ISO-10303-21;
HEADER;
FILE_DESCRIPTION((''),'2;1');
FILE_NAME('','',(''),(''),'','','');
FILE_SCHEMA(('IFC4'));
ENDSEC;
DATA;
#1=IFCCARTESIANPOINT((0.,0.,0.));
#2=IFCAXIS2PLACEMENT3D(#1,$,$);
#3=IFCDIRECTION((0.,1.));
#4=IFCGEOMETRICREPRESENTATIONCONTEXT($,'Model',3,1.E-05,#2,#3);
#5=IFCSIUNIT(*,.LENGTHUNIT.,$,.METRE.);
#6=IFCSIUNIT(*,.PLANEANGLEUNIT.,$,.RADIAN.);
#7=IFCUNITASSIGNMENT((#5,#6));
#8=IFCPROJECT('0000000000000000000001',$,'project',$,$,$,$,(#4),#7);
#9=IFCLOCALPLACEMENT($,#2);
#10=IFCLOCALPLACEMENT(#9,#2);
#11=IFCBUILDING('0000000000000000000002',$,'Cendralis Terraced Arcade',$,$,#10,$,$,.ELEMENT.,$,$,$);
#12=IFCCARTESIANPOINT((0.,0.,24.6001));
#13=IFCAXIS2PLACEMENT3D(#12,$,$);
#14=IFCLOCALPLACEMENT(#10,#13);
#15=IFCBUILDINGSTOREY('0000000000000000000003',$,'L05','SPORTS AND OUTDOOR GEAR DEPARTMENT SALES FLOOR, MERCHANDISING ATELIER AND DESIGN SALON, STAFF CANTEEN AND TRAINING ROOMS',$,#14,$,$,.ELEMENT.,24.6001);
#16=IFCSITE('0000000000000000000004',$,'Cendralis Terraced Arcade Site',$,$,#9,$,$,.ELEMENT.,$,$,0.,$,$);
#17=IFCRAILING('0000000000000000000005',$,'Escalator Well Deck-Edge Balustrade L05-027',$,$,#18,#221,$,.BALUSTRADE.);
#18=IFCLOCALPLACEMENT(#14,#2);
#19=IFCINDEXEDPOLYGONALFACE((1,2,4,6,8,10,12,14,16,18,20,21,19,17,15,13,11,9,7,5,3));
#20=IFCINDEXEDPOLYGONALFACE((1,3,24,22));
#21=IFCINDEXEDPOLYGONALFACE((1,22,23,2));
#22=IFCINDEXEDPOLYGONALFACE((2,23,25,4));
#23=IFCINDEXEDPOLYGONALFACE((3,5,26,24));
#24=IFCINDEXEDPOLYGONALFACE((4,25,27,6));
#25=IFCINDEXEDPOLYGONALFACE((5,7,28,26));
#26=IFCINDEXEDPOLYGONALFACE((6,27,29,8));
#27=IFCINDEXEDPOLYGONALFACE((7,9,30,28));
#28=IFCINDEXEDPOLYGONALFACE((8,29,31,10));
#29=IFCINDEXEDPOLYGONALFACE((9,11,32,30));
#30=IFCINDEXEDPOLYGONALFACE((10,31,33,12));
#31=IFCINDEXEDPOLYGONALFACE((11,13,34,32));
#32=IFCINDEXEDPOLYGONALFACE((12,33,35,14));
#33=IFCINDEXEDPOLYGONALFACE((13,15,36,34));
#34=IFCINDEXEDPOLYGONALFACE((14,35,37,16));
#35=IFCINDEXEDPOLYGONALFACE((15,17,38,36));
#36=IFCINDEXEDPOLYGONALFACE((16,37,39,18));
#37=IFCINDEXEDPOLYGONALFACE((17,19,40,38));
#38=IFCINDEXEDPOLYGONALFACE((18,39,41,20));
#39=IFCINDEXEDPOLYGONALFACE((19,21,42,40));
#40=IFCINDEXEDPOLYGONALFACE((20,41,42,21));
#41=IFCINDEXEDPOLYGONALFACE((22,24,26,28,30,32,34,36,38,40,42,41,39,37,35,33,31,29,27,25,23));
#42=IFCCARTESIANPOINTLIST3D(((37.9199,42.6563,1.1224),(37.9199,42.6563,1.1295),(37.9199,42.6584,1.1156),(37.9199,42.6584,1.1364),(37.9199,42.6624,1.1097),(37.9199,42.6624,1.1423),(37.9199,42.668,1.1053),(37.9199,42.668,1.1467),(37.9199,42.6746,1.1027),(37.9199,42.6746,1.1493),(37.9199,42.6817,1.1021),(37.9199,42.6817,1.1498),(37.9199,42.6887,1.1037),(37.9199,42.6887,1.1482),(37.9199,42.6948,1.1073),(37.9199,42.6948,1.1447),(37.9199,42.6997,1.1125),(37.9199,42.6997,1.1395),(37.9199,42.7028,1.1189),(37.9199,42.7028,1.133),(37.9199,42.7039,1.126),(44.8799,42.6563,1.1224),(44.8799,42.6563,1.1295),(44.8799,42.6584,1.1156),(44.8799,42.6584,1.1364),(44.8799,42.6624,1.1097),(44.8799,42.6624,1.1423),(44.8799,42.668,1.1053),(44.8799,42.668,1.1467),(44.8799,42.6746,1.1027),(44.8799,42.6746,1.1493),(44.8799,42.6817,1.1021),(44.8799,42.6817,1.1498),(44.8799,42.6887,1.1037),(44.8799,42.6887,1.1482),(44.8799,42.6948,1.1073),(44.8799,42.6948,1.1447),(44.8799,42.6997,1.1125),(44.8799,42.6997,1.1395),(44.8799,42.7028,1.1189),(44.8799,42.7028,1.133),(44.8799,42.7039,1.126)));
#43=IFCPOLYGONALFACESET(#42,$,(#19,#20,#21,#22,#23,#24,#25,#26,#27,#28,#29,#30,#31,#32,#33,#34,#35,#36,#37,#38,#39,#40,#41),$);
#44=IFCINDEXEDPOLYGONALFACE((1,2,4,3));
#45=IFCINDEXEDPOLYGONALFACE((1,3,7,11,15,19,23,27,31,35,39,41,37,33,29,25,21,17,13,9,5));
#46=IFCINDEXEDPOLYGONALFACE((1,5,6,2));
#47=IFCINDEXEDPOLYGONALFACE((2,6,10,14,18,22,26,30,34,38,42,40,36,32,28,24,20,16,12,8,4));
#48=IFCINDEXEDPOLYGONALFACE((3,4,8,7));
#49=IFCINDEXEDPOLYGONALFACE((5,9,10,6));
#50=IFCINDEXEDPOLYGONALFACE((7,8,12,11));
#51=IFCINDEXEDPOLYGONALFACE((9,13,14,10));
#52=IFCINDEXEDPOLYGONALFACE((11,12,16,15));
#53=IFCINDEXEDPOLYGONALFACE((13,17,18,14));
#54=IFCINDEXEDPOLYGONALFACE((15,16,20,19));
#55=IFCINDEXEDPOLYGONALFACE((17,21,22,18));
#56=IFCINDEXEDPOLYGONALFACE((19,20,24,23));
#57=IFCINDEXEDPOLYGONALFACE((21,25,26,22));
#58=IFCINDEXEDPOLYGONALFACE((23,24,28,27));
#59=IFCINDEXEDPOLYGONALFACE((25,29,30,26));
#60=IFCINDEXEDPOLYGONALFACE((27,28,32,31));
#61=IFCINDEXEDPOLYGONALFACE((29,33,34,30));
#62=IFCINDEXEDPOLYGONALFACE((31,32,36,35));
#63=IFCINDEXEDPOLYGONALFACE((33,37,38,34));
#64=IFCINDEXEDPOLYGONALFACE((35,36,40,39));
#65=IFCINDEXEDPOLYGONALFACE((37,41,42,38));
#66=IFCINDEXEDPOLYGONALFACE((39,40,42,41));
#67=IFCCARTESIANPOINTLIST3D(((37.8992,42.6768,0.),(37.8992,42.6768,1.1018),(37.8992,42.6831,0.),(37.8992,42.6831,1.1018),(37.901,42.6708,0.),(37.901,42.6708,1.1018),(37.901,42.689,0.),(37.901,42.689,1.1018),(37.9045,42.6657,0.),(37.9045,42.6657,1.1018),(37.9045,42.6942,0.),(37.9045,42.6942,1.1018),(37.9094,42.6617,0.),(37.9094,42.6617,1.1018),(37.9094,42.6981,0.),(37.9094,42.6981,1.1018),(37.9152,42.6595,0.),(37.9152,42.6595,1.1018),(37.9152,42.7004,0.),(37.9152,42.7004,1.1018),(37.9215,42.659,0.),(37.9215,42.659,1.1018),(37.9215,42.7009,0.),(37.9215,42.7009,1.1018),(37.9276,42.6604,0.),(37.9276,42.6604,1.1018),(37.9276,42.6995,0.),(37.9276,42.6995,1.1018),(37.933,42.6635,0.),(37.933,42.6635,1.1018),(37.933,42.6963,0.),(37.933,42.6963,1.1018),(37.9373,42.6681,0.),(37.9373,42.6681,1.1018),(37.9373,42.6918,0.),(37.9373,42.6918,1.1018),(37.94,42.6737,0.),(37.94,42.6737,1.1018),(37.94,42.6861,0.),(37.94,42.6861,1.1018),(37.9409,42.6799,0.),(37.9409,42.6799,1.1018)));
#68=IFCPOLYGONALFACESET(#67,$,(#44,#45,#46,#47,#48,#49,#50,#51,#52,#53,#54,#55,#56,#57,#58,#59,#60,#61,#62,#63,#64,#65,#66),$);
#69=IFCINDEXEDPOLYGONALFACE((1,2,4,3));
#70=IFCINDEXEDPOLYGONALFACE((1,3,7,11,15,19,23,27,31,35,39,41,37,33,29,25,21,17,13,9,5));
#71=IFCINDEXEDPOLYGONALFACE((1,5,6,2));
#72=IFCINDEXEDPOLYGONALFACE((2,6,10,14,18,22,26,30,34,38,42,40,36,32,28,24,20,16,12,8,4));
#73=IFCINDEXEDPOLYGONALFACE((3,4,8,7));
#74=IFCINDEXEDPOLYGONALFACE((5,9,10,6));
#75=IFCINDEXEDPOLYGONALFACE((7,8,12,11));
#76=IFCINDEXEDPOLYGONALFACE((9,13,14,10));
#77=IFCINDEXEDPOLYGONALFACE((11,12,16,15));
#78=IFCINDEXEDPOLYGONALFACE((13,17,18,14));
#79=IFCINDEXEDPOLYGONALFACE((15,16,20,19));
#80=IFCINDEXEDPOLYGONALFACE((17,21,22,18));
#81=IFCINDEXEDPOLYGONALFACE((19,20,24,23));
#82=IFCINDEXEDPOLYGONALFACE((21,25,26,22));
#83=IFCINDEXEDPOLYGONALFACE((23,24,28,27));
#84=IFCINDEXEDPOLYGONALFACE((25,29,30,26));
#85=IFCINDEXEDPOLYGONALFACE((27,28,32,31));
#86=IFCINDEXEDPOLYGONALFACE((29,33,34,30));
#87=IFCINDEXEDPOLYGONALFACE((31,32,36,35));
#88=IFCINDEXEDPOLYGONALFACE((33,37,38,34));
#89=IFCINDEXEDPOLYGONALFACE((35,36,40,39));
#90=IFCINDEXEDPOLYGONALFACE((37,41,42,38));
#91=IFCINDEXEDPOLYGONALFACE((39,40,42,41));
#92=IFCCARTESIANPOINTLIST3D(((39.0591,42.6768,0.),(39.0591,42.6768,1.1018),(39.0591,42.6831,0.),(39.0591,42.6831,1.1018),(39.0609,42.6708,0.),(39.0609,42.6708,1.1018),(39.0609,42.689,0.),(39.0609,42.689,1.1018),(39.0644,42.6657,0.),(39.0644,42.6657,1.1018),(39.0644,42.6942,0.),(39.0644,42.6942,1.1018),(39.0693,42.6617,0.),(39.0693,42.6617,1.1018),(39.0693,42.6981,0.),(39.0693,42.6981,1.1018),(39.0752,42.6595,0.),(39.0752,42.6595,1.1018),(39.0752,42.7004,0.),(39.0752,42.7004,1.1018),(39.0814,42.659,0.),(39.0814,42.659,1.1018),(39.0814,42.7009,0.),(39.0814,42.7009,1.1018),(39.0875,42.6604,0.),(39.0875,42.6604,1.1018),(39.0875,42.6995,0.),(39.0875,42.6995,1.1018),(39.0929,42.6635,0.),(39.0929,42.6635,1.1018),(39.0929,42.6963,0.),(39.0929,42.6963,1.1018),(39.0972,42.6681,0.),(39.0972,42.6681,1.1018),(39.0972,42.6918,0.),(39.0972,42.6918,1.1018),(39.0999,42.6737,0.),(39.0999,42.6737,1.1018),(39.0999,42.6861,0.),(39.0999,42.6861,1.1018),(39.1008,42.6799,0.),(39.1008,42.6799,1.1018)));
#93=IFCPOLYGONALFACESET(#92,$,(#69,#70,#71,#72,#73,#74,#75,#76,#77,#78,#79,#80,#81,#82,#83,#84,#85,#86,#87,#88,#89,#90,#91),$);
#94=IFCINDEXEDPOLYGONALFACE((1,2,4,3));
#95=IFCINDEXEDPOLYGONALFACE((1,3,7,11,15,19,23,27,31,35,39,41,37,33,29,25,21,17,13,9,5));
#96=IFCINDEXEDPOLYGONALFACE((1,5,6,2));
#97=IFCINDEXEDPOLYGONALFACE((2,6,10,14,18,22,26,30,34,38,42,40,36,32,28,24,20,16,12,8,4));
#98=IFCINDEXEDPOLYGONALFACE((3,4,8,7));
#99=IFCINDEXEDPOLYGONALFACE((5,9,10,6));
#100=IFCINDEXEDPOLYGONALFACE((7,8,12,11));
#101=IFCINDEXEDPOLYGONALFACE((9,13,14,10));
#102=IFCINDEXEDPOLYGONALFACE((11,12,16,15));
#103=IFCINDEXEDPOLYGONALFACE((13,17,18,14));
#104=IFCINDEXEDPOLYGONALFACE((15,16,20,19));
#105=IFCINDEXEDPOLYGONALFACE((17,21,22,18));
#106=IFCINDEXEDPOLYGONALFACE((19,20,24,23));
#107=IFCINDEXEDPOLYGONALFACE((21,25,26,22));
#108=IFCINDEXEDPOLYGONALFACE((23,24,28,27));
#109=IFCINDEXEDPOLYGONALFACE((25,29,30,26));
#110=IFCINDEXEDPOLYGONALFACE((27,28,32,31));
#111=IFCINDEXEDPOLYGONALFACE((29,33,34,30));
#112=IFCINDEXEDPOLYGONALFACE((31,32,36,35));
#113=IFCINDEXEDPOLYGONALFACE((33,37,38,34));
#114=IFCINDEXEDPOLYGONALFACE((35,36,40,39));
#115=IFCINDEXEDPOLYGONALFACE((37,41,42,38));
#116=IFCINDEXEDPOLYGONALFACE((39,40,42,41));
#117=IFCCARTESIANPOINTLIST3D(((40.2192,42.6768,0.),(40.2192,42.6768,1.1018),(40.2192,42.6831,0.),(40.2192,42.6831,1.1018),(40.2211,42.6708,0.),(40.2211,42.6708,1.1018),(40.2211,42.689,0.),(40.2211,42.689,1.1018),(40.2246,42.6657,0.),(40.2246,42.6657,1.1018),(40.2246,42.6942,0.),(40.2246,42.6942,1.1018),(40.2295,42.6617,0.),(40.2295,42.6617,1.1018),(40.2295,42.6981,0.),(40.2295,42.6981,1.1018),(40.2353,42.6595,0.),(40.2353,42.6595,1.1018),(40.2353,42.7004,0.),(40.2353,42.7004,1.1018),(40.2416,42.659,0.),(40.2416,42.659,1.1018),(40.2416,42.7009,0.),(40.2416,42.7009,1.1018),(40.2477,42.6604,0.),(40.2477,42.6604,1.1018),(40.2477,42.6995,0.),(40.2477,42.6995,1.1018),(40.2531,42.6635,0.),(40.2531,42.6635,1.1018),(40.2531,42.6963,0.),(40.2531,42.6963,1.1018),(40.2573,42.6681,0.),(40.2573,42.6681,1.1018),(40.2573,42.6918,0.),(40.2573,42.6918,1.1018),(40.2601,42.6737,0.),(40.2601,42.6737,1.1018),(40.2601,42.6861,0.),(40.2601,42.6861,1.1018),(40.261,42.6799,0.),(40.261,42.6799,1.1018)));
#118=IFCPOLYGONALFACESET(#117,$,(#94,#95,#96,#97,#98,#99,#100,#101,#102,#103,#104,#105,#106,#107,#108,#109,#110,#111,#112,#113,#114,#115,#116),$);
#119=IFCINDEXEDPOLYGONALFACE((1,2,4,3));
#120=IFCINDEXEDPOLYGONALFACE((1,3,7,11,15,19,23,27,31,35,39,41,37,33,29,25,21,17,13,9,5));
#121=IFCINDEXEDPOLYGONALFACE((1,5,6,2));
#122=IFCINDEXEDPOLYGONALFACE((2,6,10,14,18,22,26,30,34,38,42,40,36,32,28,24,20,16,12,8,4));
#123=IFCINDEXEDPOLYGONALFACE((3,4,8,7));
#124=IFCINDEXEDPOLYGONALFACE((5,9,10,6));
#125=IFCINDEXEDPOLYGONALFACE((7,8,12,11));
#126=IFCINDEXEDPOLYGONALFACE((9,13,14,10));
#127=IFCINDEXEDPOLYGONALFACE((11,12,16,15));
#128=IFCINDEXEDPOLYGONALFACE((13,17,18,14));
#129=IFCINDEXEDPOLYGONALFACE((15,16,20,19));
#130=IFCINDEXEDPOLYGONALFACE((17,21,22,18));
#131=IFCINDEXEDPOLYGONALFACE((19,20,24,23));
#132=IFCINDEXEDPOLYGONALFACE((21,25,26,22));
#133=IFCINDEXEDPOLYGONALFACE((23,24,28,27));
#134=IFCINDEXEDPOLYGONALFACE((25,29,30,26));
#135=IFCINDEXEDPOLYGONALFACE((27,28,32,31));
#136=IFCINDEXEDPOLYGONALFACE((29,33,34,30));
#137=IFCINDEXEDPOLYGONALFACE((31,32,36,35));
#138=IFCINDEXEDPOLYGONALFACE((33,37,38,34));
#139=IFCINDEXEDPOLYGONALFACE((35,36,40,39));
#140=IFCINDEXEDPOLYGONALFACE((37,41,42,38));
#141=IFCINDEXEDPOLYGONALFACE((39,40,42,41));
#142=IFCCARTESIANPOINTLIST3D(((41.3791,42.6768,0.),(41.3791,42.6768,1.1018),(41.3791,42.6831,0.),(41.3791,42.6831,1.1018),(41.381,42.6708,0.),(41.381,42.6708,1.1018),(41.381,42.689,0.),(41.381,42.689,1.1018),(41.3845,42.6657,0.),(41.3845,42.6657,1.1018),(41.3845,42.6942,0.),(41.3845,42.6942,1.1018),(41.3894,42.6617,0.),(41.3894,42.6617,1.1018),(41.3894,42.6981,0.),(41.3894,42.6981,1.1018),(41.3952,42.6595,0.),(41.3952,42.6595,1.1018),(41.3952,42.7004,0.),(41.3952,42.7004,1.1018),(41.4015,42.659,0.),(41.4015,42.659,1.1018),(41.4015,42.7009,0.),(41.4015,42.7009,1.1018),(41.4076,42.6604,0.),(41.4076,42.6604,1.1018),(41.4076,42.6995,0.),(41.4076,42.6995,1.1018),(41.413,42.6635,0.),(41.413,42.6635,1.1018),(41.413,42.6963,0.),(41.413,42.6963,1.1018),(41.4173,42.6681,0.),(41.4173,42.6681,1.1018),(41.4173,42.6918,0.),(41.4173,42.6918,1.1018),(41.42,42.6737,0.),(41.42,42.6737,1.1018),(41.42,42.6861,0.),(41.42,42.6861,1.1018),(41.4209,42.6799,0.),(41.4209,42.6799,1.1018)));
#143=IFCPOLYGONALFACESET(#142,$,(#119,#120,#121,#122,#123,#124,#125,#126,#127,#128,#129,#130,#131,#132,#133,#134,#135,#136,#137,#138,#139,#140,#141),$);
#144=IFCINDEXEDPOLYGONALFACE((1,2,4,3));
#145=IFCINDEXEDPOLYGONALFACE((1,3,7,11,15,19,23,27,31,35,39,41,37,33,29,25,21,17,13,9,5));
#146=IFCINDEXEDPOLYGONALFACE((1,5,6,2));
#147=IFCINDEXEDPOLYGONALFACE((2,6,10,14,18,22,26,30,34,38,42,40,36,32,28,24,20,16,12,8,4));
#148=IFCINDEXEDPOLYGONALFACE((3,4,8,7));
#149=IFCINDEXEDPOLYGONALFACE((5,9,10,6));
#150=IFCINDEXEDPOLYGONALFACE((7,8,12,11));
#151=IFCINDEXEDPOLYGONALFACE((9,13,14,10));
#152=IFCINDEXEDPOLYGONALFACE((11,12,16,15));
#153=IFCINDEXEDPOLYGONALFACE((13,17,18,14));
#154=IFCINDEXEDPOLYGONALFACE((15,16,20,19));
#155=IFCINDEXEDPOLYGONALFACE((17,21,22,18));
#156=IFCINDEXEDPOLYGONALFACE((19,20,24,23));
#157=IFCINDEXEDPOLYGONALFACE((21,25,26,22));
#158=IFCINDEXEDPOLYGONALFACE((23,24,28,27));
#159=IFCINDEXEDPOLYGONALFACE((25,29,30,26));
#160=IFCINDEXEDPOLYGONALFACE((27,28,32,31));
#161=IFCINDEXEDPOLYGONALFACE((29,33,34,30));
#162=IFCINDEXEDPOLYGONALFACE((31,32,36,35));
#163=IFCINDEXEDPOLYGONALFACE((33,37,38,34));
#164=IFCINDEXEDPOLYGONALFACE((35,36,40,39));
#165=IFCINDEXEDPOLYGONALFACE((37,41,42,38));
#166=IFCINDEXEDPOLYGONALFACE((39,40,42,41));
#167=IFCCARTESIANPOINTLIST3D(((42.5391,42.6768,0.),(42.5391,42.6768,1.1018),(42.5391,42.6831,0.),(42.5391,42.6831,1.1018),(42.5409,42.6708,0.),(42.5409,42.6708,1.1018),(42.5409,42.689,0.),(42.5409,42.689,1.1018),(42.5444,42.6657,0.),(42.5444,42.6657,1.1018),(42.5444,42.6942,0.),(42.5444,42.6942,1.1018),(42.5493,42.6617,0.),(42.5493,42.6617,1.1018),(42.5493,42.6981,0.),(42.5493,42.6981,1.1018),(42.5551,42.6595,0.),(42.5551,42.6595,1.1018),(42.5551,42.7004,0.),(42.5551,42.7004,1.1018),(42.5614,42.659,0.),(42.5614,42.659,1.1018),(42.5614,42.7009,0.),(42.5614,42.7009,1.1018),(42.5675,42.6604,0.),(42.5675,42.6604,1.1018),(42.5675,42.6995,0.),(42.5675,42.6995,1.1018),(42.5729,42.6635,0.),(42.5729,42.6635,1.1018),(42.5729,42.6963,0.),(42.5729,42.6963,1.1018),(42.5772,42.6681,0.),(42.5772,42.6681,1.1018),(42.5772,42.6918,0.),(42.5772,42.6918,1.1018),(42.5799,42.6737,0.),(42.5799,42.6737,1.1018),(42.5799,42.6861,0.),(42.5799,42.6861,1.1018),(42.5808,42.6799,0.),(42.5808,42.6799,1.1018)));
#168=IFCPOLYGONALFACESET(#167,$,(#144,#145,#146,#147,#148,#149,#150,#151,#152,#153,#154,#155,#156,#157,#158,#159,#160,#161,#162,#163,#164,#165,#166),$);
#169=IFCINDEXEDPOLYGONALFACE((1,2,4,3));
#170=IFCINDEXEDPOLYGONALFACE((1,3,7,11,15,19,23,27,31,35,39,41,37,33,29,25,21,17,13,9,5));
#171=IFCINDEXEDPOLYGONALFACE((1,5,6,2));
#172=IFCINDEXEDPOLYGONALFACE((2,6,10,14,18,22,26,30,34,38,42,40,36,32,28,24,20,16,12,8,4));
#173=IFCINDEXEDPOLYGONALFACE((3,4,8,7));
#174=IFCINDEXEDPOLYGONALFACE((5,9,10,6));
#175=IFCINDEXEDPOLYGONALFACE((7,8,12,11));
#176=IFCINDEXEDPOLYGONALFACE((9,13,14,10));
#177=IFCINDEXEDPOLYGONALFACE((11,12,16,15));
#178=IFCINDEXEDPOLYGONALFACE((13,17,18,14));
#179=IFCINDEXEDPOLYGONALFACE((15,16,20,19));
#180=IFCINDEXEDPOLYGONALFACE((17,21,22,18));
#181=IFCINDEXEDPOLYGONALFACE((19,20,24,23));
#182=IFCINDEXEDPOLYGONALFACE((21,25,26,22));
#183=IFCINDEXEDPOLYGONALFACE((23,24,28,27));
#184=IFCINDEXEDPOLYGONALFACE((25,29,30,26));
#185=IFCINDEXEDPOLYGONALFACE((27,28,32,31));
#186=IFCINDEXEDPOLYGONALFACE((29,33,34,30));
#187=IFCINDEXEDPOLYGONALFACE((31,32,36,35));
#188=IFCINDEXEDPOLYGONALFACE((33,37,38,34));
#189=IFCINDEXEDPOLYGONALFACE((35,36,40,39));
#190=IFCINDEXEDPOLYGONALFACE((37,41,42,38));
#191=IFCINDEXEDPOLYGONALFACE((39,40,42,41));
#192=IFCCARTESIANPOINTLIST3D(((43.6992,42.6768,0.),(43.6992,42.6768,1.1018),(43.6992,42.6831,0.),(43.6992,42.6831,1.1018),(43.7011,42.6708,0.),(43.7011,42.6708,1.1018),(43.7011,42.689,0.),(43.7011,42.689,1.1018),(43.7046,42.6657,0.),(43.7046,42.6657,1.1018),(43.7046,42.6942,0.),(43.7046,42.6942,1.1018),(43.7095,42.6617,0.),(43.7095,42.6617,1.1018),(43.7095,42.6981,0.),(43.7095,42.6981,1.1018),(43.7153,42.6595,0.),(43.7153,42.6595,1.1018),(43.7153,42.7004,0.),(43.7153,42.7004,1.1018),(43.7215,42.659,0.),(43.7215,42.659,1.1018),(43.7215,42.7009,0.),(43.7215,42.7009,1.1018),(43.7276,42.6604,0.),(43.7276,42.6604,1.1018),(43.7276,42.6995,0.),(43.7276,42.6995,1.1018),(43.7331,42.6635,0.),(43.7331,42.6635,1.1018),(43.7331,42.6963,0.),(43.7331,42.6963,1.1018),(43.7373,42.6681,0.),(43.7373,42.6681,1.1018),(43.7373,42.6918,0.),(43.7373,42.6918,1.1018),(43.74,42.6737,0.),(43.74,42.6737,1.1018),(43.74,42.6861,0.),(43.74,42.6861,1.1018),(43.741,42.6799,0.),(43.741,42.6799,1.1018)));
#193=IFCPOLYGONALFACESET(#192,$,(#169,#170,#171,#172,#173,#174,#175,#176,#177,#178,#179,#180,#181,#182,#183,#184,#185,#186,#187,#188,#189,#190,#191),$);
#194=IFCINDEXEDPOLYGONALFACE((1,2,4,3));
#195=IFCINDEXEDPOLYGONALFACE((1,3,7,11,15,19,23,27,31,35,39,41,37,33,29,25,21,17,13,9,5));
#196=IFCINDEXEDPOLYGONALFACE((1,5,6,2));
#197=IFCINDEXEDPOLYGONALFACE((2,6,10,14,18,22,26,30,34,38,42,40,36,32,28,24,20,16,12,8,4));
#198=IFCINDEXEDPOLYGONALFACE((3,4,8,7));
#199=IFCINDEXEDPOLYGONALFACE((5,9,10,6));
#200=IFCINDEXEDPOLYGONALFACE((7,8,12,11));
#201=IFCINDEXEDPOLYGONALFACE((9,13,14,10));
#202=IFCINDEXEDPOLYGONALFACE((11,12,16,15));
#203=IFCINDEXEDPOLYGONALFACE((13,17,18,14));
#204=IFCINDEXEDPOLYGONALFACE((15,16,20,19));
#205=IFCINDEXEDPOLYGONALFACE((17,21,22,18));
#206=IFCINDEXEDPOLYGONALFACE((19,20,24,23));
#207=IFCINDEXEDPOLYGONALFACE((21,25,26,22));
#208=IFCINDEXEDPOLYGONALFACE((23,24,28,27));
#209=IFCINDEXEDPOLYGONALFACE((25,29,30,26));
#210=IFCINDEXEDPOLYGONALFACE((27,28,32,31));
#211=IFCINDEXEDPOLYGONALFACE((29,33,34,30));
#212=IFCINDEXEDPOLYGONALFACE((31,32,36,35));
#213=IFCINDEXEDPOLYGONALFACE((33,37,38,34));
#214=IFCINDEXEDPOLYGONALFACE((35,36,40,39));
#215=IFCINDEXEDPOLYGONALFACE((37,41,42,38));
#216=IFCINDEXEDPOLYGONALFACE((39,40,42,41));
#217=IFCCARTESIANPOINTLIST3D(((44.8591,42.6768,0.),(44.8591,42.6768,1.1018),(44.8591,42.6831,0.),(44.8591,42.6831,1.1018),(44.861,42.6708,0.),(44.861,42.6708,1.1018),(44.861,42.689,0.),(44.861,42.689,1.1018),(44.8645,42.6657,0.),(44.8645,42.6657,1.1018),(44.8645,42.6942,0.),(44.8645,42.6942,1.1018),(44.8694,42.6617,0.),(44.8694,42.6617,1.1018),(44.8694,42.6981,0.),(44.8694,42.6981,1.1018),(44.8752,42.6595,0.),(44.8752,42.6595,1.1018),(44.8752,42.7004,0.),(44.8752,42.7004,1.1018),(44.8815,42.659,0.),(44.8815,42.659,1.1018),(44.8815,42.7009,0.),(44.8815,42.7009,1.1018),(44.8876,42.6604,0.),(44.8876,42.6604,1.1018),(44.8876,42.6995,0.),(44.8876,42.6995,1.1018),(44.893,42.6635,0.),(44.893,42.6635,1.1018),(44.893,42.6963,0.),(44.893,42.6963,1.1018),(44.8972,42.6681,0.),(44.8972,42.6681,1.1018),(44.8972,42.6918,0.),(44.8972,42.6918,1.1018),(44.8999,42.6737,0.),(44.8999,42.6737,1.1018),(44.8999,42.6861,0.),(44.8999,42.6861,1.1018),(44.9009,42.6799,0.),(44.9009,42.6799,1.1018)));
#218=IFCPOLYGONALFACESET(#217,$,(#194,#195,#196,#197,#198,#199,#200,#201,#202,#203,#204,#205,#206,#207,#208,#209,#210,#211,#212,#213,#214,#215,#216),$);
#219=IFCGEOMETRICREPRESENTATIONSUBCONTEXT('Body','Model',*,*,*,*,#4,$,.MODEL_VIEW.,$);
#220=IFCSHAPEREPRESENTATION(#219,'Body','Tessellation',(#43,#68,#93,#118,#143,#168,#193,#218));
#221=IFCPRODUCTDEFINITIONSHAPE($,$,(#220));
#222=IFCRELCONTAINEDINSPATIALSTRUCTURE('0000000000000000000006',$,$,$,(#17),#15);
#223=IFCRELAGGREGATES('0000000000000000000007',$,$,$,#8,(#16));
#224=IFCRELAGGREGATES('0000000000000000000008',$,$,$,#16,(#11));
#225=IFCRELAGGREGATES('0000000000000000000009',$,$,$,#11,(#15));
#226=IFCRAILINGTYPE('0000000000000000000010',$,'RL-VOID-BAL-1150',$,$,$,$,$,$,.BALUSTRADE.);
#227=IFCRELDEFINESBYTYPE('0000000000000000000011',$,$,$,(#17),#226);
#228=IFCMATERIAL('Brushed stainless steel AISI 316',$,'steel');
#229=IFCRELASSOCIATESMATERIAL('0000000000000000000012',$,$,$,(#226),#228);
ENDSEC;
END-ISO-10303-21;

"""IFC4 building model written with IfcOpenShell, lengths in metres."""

from ifc_helpers import new_model, si_unit, direction, frame, origin, origin_2d, place, context, subcontext, project, spatial, circle, extrude, material, type_object, element, save


model = new_model("IFC4")

# Units and contexts
model_context = context("Model", 3, precision=1e-05, world=origin(), true_north=direction((0.0, 1.0)))
body_context = subcontext(model_context, "Body", "Model", "MODEL_VIEW")
ifc_project = project(units=[si_unit("LENGTHUNIT", "METRE"), si_unit("PLANEANGLEUNIT", "RADIAN")], contexts=[model_context])

# Site, building, storey
site_placement = place(None, origin())
site = spatial("IfcSite", under=ifc_project, at=site_placement, Name="Cendralis Terraced Arcade Site", CompositionType="ELEMENT", RefElevation=0.0)
building_placement = place(site_placement, origin())
building = spatial("IfcBuilding", under=site, at=building_placement, Name="Cendralis Terraced Arcade", CompositionType="ELEMENT")
storey_placement = place(building_placement, frame((0.0, 0.0, 24.6001)))
storey = spatial("IfcBuildingStorey", under=building, at=storey_placement, Name="L05", Description="SPORTS AND OUTDOOR GEAR DEPARTMENT SALES FLOOR, MERCHANDISING ATELIER AND DESIGN SALON, STAFF CANTEEN AND TRAINING ROOMS", CompositionType="ELEMENT", Elevation=24.6001)

# Railing
ifc_material_1 = material(Name="Brushed stainless steel AISI 316", Category="steel")
railing_type_1 = type_object("IfcRailingType", Name="RL-VOID-BAL-1150", PredefinedType="BALUSTRADE", material=ifc_material_1)
railing_1_placement = place(storey_placement, frame((37.9199, 42.6799, 0.0)))
element("IfcRailing", 1, at=railing_1_placement, inside=storey, type_object=railing_type_1, Name="Escalator Well Deck-Edge Balustrade L05-027", PredefinedType="BALUSTRADE", context=body_context, shape_type="SweptSolid", body=[
    extrude(circle(Radius=0.0239, at=origin_2d()), frame((0.0, 0.0, 1.126), z_axis=(1.0, 0.0, 0.0), x_axis=(0.0, 1.0, 0.0)), (0.0, 0.0, 1.0), 6.96),
    extrude(circle(Radius=0.021, at=origin_2d()), origin(), (0.0, 0.0, 1.0), 1.1018),
    extrude(circle(Radius=0.021, at=origin_2d()), frame((1.1599, 0.0, 0.0)), (0.0, 0.0, 1.0), 1.1018),
    extrude(circle(Radius=0.021, at=origin_2d()), frame((2.3201, 0.0, 0.0)), (0.0, 0.0, 1.0), 1.1018),
    extrude(circle(Radius=0.021, at=origin_2d()), frame((3.48, 0.0, 0.0)), (0.0, 0.0, 1.0), 1.1018),
    extrude(circle(Radius=0.021, at=origin_2d()), frame((4.6399, 0.0, 0.0)), (0.0, 0.0, 1.0), 1.1018),
    extrude(circle(Radius=0.021, at=origin_2d()), frame((5.8, 0.0, 0.0)), (0.0, 0.0, 1.0), 1.1018),
    extrude(circle(Radius=0.021, at=origin_2d()), frame((6.96, 0.0, 0.0)), (0.0, 0.0, 1.0), 1.1018),
])

save(model, "model.ifc")
